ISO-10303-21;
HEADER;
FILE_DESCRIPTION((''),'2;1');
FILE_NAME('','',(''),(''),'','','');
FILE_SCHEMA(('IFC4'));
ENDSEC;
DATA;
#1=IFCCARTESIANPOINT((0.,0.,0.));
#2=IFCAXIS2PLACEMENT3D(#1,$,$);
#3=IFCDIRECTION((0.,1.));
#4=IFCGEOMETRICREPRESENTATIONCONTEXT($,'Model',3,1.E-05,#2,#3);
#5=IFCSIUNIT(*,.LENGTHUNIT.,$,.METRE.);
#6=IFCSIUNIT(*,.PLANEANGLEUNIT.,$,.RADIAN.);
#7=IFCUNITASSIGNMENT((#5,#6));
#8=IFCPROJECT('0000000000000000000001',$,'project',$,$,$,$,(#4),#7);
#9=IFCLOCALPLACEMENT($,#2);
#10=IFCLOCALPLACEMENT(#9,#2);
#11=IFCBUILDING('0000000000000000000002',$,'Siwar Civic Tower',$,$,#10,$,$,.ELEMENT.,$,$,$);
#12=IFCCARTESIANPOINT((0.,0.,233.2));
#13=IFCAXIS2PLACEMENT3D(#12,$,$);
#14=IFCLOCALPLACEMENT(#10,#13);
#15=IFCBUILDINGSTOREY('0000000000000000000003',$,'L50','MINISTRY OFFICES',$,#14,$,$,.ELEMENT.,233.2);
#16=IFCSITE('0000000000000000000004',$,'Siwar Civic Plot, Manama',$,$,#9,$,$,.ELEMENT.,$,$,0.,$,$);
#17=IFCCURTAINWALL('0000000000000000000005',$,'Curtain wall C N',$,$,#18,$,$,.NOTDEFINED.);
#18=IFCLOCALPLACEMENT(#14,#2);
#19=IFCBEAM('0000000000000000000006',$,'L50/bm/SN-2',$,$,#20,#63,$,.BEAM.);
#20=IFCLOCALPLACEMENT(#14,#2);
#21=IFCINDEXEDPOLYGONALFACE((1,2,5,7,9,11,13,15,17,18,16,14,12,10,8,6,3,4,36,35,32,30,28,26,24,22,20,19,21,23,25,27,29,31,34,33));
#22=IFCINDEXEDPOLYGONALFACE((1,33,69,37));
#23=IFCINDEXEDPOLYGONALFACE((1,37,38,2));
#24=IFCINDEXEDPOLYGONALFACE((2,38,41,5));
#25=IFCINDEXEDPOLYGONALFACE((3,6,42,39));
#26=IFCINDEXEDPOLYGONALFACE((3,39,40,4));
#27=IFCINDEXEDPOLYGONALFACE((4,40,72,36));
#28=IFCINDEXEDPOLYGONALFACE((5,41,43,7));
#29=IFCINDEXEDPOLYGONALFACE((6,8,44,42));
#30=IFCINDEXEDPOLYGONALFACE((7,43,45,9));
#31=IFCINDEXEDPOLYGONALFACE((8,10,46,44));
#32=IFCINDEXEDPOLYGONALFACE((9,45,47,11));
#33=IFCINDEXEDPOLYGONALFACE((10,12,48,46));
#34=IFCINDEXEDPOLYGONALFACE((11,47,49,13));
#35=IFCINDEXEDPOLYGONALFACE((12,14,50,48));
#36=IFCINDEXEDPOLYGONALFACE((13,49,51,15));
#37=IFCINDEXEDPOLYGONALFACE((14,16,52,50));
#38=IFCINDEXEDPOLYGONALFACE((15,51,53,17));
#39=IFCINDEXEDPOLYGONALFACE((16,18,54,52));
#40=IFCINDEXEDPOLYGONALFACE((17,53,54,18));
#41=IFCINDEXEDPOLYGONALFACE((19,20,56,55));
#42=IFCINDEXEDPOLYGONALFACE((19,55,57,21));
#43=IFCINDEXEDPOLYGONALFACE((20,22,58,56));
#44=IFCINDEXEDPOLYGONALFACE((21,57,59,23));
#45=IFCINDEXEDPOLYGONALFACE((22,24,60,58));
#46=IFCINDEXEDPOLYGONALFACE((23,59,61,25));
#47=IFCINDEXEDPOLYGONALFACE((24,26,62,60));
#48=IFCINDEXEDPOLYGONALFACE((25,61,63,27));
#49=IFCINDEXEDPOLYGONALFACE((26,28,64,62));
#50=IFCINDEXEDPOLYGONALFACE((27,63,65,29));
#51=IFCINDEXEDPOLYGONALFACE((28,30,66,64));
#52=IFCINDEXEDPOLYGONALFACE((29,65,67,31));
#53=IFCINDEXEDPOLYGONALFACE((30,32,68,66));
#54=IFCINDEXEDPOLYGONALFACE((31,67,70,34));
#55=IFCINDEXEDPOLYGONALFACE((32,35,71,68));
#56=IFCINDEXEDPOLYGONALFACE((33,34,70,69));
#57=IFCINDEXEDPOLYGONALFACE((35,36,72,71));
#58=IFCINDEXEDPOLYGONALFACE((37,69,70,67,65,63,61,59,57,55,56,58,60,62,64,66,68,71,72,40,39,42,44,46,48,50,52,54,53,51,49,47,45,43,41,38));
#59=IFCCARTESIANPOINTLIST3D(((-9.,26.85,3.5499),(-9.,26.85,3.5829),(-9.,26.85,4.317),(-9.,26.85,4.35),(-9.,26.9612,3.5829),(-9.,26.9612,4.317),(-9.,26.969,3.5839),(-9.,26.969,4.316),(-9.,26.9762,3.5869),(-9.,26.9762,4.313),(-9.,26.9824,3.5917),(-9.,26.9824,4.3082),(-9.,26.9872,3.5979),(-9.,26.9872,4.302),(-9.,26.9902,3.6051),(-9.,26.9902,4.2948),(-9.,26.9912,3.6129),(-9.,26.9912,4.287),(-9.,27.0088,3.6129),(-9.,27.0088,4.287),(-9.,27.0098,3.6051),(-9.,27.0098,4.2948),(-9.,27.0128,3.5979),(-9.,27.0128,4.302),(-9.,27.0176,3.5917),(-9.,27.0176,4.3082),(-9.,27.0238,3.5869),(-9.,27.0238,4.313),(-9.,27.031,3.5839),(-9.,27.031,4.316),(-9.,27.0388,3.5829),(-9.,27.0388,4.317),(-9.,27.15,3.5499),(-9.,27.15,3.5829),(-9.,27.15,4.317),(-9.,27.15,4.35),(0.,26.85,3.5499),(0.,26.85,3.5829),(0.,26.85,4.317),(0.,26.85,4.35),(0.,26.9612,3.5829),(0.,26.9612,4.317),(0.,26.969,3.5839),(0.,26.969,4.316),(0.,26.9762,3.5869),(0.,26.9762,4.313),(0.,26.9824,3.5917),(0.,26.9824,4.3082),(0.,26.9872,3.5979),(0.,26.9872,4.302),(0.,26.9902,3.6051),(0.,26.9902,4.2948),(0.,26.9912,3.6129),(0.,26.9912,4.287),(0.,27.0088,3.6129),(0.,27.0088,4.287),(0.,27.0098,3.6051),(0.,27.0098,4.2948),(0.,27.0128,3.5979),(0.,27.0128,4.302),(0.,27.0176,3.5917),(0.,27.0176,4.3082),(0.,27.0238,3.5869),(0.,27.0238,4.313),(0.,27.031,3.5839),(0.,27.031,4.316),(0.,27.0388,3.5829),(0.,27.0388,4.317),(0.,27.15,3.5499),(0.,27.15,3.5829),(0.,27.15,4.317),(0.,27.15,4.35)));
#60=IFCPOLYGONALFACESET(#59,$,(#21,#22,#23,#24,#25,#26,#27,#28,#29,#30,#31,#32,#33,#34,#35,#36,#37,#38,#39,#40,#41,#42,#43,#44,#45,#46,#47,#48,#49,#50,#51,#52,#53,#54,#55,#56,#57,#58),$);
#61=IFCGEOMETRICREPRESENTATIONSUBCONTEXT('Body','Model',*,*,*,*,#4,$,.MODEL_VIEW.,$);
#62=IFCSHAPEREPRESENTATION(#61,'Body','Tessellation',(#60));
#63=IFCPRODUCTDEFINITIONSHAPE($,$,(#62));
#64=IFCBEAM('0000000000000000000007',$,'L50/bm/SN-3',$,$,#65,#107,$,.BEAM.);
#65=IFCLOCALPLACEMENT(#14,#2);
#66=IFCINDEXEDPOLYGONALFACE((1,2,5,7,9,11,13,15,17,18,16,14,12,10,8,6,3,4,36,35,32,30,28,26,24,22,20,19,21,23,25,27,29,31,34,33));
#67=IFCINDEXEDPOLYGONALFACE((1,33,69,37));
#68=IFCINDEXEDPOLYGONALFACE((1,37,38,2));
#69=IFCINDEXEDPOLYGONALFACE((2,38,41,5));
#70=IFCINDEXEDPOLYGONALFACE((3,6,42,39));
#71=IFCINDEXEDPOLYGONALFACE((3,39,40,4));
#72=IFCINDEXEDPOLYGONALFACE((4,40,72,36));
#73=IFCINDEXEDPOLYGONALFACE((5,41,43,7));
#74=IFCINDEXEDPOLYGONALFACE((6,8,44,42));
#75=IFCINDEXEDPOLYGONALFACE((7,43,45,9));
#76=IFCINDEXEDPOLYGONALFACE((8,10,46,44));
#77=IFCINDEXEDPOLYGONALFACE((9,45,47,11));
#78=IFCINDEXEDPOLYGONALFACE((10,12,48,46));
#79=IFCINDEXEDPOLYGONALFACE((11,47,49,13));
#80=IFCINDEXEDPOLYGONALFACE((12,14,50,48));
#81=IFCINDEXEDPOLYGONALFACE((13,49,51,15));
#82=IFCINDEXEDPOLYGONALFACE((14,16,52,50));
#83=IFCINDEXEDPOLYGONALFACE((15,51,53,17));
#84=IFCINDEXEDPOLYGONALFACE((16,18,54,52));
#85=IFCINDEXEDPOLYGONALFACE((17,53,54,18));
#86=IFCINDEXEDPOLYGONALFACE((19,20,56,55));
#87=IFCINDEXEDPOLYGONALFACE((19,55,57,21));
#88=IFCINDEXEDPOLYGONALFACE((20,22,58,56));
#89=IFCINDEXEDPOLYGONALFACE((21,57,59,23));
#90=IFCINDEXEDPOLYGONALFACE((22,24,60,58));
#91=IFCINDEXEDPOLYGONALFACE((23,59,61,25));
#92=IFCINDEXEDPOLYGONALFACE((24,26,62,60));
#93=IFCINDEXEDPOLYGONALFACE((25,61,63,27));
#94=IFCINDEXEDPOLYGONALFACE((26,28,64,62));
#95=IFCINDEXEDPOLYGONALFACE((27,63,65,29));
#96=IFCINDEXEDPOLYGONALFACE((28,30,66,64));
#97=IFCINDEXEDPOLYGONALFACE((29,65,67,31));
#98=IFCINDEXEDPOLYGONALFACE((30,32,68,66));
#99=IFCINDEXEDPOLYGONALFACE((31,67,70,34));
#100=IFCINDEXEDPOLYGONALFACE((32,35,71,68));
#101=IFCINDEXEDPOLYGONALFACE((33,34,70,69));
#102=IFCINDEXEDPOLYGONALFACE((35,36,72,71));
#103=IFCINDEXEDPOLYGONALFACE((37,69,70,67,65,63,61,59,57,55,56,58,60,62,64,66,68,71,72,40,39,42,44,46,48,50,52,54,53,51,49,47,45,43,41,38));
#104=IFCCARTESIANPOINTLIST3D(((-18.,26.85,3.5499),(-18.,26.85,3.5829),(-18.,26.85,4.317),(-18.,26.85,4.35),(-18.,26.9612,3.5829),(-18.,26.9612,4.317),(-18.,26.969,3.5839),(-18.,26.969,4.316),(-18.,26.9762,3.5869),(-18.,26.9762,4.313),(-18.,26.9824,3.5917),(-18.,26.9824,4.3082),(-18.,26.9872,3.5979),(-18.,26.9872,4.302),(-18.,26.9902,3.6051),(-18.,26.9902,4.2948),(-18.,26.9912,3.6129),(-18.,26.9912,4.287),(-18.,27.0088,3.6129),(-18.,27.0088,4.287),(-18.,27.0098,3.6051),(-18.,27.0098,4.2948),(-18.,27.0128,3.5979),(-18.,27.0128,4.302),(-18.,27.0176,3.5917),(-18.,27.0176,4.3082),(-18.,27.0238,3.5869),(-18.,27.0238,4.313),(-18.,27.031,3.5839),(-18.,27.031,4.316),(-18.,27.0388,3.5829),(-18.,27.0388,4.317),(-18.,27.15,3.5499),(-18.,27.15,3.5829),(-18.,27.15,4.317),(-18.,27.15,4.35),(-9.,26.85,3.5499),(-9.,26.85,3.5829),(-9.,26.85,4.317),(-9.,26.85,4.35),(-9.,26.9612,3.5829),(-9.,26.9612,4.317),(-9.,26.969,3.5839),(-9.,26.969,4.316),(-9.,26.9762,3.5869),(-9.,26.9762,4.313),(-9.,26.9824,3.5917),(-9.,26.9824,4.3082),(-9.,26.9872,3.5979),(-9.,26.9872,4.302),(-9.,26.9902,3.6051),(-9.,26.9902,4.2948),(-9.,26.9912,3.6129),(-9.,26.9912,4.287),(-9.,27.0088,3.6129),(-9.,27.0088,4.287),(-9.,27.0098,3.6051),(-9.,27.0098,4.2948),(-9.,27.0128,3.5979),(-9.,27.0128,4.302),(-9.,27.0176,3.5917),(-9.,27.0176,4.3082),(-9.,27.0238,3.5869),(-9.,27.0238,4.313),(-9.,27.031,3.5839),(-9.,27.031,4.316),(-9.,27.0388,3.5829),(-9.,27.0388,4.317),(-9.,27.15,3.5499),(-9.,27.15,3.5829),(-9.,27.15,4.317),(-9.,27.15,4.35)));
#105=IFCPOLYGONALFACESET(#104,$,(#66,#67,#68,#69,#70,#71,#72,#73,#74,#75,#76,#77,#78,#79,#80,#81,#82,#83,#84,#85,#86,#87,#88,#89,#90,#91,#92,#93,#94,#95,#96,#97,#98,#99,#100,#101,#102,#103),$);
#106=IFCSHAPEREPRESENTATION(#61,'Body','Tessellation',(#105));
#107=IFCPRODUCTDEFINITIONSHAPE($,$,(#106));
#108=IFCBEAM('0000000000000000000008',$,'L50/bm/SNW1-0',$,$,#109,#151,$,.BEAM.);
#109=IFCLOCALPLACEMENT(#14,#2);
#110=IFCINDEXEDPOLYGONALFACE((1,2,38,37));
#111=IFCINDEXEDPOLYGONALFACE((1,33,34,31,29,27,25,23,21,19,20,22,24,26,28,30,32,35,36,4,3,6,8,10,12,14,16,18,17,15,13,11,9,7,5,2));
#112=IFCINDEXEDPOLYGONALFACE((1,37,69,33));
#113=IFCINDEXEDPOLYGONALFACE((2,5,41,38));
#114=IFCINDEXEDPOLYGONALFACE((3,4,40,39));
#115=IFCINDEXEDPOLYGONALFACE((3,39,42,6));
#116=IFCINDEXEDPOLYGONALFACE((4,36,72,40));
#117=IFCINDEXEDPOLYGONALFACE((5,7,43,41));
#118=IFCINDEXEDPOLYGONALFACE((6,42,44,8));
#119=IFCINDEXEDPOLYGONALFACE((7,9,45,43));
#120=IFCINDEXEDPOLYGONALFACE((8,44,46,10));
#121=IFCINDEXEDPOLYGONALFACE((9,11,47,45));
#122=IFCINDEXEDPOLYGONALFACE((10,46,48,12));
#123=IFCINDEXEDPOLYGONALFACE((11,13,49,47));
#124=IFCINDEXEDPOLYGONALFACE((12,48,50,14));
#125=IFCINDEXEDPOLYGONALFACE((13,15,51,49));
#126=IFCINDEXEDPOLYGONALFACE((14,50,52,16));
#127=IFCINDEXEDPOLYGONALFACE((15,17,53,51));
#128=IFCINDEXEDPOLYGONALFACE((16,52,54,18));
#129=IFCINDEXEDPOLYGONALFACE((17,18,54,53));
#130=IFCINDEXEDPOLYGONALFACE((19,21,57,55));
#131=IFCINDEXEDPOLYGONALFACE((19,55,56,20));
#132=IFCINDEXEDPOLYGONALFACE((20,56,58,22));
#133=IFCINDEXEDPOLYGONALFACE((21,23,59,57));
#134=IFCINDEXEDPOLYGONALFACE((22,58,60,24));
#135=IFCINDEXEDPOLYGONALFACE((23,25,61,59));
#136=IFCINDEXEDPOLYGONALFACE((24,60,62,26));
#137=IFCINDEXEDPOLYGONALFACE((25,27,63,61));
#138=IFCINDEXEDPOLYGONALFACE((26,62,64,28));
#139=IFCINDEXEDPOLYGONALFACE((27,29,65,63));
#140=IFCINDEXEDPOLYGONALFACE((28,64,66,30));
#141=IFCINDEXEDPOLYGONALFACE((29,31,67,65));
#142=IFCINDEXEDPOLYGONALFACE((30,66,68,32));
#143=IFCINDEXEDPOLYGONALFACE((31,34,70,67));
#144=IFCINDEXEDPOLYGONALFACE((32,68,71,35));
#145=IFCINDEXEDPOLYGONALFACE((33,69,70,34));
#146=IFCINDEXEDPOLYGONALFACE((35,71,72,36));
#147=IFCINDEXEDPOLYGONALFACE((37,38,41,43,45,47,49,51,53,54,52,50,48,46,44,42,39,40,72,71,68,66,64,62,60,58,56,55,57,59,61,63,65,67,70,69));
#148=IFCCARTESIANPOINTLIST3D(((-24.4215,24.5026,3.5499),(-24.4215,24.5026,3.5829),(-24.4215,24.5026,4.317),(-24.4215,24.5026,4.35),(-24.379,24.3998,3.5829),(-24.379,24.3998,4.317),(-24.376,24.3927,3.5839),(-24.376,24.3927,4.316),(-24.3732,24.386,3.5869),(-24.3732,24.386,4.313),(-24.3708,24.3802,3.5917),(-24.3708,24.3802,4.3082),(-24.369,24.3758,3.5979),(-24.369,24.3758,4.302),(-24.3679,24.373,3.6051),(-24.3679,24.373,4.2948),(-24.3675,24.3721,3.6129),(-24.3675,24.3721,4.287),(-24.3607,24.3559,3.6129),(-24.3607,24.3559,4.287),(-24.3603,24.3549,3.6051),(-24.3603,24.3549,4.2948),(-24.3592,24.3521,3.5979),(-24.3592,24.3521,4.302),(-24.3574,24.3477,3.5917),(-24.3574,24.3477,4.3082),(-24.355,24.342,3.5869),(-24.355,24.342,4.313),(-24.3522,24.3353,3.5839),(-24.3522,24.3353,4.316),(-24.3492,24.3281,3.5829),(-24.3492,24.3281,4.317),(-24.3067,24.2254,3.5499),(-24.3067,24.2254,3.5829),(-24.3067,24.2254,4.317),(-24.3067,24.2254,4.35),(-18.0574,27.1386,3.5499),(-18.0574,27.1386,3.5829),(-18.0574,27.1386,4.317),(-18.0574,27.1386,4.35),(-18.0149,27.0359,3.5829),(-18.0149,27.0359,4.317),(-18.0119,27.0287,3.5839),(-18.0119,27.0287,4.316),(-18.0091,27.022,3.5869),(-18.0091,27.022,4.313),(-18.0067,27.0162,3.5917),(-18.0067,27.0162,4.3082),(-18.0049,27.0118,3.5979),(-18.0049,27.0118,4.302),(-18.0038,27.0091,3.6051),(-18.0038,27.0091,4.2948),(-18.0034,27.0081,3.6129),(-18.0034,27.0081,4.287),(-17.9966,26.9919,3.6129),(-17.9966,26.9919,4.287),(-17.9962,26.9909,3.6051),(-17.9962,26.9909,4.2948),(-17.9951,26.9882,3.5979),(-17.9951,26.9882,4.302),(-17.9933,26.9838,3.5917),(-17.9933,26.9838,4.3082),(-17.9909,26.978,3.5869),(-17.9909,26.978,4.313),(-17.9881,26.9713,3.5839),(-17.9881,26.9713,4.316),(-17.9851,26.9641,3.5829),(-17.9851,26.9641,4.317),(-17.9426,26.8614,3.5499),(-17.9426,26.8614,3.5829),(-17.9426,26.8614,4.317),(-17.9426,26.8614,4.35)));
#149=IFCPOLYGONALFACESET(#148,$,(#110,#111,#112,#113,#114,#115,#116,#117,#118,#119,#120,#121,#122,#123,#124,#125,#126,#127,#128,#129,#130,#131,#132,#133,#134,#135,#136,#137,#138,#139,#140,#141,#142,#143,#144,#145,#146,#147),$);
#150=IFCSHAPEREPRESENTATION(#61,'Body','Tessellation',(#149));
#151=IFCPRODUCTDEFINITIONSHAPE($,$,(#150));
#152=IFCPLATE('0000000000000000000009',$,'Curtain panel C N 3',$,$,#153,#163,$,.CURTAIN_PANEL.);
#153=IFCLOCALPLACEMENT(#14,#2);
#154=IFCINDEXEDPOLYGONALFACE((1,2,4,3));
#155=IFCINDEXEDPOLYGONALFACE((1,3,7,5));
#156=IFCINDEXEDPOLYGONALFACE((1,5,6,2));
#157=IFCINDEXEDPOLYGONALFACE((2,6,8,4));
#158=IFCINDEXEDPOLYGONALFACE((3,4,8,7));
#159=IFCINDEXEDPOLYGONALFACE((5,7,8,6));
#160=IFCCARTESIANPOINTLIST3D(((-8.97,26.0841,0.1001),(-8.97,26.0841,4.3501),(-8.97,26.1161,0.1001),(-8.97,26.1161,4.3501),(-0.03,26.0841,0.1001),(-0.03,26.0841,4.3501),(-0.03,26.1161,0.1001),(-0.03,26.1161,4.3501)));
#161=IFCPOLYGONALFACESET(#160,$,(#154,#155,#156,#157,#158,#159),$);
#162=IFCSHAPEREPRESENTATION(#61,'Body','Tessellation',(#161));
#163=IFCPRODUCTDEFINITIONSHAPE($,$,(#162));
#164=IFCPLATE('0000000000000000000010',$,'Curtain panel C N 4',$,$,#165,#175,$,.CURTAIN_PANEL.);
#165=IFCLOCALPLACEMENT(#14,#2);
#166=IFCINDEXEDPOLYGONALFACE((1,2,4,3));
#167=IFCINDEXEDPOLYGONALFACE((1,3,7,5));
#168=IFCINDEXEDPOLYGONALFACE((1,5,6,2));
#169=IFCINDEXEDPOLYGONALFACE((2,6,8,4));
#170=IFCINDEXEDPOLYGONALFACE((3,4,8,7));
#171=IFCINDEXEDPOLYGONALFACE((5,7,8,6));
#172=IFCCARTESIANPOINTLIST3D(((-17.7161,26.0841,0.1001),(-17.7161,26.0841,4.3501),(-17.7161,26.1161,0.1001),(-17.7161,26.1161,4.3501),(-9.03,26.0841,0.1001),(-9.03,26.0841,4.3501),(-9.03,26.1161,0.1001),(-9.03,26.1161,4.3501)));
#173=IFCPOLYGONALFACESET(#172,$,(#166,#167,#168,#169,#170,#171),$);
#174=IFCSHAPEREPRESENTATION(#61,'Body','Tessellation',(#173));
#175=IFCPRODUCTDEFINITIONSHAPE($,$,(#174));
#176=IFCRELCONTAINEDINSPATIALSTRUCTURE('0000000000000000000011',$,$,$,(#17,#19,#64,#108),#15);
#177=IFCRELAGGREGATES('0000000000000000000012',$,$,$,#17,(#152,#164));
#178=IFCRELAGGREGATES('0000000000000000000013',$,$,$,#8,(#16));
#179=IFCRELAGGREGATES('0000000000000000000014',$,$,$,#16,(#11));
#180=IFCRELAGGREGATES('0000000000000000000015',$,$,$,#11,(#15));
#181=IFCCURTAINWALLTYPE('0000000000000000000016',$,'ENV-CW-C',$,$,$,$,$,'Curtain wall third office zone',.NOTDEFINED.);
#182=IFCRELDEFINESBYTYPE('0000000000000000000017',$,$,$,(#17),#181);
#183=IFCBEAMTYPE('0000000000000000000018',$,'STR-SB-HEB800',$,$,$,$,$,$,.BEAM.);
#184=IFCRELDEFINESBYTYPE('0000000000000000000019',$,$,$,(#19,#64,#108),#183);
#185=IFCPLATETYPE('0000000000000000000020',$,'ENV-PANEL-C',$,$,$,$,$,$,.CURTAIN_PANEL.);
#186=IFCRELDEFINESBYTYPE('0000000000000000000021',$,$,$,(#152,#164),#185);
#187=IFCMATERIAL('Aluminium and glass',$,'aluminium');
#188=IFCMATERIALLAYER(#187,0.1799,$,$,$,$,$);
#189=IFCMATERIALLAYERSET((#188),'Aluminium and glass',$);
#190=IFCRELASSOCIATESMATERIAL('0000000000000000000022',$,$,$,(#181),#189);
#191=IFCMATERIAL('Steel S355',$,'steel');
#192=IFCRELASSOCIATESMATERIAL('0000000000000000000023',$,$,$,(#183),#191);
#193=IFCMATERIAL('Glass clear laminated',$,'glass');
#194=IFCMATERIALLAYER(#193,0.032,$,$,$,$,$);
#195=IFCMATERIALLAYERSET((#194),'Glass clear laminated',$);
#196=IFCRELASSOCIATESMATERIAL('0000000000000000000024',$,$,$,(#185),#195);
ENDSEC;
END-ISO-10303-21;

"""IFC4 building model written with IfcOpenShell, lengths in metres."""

from ifc_helpers import new_model, si_unit, direction, frame, origin, origin_2d, place, context, subcontext, project, spatial, rectangle, i_section, extrude, material, layer, layer_set, material_profile, profile_set, type_object, element, aggregate, save


model = new_model("IFC4")

# Units and contexts
model_context = context("Model", 3, precision=1e-05, world=origin(), true_north=direction((0.0, 1.0)))
body_context = subcontext(model_context, "Body", "Model", "MODEL_VIEW")
ifc_project = project(units=[si_unit("LENGTHUNIT", "METRE"), si_unit("PLANEANGLEUNIT", "RADIAN")], contexts=[model_context])

# Site, building, storey
site_placement = place(None, origin())
site = spatial("IfcSite", under=ifc_project, at=site_placement, Name="Siwar Civic Plot, Manama", CompositionType="ELEMENT", RefElevation=0.0)
building_placement = place(site_placement, origin())
building = spatial("IfcBuilding", under=site, at=building_placement, Name="Siwar Civic Tower", CompositionType="ELEMENT")
storey_placement = place(building_placement, frame((0.0, 0.0, 233.2)))
storey = spatial("IfcBuildingStorey", under=building, at=storey_placement, Name="L50", Description="MINISTRY OFFICES", CompositionType="ELEMENT", Elevation=233.2)

# Curtain wall
ifc_material_1 = material(Name="Aluminium and glass", Category="aluminium")
ifc_layer_1 = layer(ifc_material_1, 0.1799)
ifc_layer_set_1 = layer_set([ifc_layer_1], Name="Aluminium and glass")
curtain_wall_type_1 = type_object("IfcCurtainWallType", Name="ENV-CW-C", ElementType="Curtain wall third office zone", PredefinedType="NOTDEFINED", material=ifc_layer_set_1)
curtain_wall_1_placement = place(storey_placement, origin())
curtain_wall_1 = element("IfcCurtainWall", 1, at=curtain_wall_1_placement, inside=storey, type_object=curtain_wall_type_1, Name="Curtain wall C N", PredefinedType="NOTDEFINED")

# Beams
ifc_material_2 = material(Name="Steel S355", Category="steel")
ifc_material_profile_1 = material_profile(ifc_material_2, i_section(OverallWidth=0.3, OverallDepth=0.8, WebThickness=0.0176, FlangeThickness=0.033, FilletRadius=0.03, at=origin_2d()), Name="HEB800")
ifc_profile_set_1 = profile_set([ifc_material_profile_1], Name="Steel S355")
beam_type_1 = type_object("IfcBeamType", Name="STR-SB-HEB800", PredefinedType="BEAM", material=ifc_profile_set_1)
for number, where, z_axis, x_axis, name in (
    (2, (0.0, 27.0, 3.95), (-1.0, 0.0, 0.0), (0.0, -1.0, 0.0), "L50/bm/SN-2"),
    (3, (-9.0, 27.0, 3.95), (-1.0, 0.0, 0.0), (0.0, -1.0, 0.0), "L50/bm/SN-3"),
):
    element("IfcBeam", number, at=place(storey_placement, frame(where, z_axis=z_axis, x_axis=x_axis)), inside=storey, type_object=beam_type_1, Name=name, PredefinedType="BEAM", context=body_context, shape_type="SweptSolid", body=[
        extrude(i_section(OverallWidth=0.3, OverallDepth=0.8, WebThickness=0.0176, FlangeThickness=0.033, FilletRadius=0.03, at=origin_2d()), origin(), (0.0, 0.0, 1.0), 9.0),
    ])
beam_1_placement = place(storey_placement, frame((-18.0, 27.0, 3.95), z_axis=(-0.923883, -0.382674, 0.0), x_axis=(0.382674, -0.923883, 0.0)))
element("IfcBeam", 4, at=beam_1_placement, inside=storey, type_object=beam_type_1, Name="L50/bm/SNW1-0", PredefinedType="BEAM", context=body_context, shape_type="SweptSolid", body=[
    extrude(i_section(OverallWidth=0.3, OverallDepth=0.8, WebThickness=0.0176, FlangeThickness=0.033, FilletRadius=0.03, at=origin_2d()), origin(), (0.0, 0.0, 1.0), 6.8884),
])

# Plates
ifc_material_3 = material(Name="Glass clear laminated", Category="glass")
ifc_layer_2 = layer(ifc_material_3, 0.032)
ifc_layer_set_2 = layer_set([ifc_layer_2], Name="Glass clear laminated")
plate_type = type_object("IfcPlateType", Name="ENV-PANEL-C", PredefinedType="CURTAIN_PANEL", material=ifc_layer_set_2)
plate_1_placement = place(storey_placement, frame((-4.5, 26.1001, 0.1001), z_axis=(0.0, 0.0, 1.0), x_axis=(-1.0, 0.0, 0.0)))
plate_1 = element("IfcPlate", 5, at=plate_1_placement, type_object=plate_type, Name="Curtain panel C N 3", PredefinedType="CURTAIN_PANEL", context=body_context, shape_type="SweptSolid", body=[
    extrude(rectangle(XDim=8.9399, YDim=0.032, at=origin_2d()), origin(), (0.0, 0.0, 1.0), 4.25),
])
plate_2_placement = place(storey_placement, frame((-13.373, 26.1001, 0.1001), z_axis=(0.0, 0.0, 1.0), x_axis=(-1.0, 0.0, 0.0)))
plate_2 = element("IfcPlate", 6, at=plate_2_placement, type_object=plate_type, Name="Curtain panel C N 4", PredefinedType="CURTAIN_PANEL", context=body_context, shape_type="SweptSolid", body=[
    extrude(rectangle(XDim=8.686, YDim=0.032, at=origin_2d()), origin(), (0.0, 0.0, 1.0), 4.25),
])
aggregate(curtain_wall_1, [plate_1, plate_2])

save(model, "model.ifc")
